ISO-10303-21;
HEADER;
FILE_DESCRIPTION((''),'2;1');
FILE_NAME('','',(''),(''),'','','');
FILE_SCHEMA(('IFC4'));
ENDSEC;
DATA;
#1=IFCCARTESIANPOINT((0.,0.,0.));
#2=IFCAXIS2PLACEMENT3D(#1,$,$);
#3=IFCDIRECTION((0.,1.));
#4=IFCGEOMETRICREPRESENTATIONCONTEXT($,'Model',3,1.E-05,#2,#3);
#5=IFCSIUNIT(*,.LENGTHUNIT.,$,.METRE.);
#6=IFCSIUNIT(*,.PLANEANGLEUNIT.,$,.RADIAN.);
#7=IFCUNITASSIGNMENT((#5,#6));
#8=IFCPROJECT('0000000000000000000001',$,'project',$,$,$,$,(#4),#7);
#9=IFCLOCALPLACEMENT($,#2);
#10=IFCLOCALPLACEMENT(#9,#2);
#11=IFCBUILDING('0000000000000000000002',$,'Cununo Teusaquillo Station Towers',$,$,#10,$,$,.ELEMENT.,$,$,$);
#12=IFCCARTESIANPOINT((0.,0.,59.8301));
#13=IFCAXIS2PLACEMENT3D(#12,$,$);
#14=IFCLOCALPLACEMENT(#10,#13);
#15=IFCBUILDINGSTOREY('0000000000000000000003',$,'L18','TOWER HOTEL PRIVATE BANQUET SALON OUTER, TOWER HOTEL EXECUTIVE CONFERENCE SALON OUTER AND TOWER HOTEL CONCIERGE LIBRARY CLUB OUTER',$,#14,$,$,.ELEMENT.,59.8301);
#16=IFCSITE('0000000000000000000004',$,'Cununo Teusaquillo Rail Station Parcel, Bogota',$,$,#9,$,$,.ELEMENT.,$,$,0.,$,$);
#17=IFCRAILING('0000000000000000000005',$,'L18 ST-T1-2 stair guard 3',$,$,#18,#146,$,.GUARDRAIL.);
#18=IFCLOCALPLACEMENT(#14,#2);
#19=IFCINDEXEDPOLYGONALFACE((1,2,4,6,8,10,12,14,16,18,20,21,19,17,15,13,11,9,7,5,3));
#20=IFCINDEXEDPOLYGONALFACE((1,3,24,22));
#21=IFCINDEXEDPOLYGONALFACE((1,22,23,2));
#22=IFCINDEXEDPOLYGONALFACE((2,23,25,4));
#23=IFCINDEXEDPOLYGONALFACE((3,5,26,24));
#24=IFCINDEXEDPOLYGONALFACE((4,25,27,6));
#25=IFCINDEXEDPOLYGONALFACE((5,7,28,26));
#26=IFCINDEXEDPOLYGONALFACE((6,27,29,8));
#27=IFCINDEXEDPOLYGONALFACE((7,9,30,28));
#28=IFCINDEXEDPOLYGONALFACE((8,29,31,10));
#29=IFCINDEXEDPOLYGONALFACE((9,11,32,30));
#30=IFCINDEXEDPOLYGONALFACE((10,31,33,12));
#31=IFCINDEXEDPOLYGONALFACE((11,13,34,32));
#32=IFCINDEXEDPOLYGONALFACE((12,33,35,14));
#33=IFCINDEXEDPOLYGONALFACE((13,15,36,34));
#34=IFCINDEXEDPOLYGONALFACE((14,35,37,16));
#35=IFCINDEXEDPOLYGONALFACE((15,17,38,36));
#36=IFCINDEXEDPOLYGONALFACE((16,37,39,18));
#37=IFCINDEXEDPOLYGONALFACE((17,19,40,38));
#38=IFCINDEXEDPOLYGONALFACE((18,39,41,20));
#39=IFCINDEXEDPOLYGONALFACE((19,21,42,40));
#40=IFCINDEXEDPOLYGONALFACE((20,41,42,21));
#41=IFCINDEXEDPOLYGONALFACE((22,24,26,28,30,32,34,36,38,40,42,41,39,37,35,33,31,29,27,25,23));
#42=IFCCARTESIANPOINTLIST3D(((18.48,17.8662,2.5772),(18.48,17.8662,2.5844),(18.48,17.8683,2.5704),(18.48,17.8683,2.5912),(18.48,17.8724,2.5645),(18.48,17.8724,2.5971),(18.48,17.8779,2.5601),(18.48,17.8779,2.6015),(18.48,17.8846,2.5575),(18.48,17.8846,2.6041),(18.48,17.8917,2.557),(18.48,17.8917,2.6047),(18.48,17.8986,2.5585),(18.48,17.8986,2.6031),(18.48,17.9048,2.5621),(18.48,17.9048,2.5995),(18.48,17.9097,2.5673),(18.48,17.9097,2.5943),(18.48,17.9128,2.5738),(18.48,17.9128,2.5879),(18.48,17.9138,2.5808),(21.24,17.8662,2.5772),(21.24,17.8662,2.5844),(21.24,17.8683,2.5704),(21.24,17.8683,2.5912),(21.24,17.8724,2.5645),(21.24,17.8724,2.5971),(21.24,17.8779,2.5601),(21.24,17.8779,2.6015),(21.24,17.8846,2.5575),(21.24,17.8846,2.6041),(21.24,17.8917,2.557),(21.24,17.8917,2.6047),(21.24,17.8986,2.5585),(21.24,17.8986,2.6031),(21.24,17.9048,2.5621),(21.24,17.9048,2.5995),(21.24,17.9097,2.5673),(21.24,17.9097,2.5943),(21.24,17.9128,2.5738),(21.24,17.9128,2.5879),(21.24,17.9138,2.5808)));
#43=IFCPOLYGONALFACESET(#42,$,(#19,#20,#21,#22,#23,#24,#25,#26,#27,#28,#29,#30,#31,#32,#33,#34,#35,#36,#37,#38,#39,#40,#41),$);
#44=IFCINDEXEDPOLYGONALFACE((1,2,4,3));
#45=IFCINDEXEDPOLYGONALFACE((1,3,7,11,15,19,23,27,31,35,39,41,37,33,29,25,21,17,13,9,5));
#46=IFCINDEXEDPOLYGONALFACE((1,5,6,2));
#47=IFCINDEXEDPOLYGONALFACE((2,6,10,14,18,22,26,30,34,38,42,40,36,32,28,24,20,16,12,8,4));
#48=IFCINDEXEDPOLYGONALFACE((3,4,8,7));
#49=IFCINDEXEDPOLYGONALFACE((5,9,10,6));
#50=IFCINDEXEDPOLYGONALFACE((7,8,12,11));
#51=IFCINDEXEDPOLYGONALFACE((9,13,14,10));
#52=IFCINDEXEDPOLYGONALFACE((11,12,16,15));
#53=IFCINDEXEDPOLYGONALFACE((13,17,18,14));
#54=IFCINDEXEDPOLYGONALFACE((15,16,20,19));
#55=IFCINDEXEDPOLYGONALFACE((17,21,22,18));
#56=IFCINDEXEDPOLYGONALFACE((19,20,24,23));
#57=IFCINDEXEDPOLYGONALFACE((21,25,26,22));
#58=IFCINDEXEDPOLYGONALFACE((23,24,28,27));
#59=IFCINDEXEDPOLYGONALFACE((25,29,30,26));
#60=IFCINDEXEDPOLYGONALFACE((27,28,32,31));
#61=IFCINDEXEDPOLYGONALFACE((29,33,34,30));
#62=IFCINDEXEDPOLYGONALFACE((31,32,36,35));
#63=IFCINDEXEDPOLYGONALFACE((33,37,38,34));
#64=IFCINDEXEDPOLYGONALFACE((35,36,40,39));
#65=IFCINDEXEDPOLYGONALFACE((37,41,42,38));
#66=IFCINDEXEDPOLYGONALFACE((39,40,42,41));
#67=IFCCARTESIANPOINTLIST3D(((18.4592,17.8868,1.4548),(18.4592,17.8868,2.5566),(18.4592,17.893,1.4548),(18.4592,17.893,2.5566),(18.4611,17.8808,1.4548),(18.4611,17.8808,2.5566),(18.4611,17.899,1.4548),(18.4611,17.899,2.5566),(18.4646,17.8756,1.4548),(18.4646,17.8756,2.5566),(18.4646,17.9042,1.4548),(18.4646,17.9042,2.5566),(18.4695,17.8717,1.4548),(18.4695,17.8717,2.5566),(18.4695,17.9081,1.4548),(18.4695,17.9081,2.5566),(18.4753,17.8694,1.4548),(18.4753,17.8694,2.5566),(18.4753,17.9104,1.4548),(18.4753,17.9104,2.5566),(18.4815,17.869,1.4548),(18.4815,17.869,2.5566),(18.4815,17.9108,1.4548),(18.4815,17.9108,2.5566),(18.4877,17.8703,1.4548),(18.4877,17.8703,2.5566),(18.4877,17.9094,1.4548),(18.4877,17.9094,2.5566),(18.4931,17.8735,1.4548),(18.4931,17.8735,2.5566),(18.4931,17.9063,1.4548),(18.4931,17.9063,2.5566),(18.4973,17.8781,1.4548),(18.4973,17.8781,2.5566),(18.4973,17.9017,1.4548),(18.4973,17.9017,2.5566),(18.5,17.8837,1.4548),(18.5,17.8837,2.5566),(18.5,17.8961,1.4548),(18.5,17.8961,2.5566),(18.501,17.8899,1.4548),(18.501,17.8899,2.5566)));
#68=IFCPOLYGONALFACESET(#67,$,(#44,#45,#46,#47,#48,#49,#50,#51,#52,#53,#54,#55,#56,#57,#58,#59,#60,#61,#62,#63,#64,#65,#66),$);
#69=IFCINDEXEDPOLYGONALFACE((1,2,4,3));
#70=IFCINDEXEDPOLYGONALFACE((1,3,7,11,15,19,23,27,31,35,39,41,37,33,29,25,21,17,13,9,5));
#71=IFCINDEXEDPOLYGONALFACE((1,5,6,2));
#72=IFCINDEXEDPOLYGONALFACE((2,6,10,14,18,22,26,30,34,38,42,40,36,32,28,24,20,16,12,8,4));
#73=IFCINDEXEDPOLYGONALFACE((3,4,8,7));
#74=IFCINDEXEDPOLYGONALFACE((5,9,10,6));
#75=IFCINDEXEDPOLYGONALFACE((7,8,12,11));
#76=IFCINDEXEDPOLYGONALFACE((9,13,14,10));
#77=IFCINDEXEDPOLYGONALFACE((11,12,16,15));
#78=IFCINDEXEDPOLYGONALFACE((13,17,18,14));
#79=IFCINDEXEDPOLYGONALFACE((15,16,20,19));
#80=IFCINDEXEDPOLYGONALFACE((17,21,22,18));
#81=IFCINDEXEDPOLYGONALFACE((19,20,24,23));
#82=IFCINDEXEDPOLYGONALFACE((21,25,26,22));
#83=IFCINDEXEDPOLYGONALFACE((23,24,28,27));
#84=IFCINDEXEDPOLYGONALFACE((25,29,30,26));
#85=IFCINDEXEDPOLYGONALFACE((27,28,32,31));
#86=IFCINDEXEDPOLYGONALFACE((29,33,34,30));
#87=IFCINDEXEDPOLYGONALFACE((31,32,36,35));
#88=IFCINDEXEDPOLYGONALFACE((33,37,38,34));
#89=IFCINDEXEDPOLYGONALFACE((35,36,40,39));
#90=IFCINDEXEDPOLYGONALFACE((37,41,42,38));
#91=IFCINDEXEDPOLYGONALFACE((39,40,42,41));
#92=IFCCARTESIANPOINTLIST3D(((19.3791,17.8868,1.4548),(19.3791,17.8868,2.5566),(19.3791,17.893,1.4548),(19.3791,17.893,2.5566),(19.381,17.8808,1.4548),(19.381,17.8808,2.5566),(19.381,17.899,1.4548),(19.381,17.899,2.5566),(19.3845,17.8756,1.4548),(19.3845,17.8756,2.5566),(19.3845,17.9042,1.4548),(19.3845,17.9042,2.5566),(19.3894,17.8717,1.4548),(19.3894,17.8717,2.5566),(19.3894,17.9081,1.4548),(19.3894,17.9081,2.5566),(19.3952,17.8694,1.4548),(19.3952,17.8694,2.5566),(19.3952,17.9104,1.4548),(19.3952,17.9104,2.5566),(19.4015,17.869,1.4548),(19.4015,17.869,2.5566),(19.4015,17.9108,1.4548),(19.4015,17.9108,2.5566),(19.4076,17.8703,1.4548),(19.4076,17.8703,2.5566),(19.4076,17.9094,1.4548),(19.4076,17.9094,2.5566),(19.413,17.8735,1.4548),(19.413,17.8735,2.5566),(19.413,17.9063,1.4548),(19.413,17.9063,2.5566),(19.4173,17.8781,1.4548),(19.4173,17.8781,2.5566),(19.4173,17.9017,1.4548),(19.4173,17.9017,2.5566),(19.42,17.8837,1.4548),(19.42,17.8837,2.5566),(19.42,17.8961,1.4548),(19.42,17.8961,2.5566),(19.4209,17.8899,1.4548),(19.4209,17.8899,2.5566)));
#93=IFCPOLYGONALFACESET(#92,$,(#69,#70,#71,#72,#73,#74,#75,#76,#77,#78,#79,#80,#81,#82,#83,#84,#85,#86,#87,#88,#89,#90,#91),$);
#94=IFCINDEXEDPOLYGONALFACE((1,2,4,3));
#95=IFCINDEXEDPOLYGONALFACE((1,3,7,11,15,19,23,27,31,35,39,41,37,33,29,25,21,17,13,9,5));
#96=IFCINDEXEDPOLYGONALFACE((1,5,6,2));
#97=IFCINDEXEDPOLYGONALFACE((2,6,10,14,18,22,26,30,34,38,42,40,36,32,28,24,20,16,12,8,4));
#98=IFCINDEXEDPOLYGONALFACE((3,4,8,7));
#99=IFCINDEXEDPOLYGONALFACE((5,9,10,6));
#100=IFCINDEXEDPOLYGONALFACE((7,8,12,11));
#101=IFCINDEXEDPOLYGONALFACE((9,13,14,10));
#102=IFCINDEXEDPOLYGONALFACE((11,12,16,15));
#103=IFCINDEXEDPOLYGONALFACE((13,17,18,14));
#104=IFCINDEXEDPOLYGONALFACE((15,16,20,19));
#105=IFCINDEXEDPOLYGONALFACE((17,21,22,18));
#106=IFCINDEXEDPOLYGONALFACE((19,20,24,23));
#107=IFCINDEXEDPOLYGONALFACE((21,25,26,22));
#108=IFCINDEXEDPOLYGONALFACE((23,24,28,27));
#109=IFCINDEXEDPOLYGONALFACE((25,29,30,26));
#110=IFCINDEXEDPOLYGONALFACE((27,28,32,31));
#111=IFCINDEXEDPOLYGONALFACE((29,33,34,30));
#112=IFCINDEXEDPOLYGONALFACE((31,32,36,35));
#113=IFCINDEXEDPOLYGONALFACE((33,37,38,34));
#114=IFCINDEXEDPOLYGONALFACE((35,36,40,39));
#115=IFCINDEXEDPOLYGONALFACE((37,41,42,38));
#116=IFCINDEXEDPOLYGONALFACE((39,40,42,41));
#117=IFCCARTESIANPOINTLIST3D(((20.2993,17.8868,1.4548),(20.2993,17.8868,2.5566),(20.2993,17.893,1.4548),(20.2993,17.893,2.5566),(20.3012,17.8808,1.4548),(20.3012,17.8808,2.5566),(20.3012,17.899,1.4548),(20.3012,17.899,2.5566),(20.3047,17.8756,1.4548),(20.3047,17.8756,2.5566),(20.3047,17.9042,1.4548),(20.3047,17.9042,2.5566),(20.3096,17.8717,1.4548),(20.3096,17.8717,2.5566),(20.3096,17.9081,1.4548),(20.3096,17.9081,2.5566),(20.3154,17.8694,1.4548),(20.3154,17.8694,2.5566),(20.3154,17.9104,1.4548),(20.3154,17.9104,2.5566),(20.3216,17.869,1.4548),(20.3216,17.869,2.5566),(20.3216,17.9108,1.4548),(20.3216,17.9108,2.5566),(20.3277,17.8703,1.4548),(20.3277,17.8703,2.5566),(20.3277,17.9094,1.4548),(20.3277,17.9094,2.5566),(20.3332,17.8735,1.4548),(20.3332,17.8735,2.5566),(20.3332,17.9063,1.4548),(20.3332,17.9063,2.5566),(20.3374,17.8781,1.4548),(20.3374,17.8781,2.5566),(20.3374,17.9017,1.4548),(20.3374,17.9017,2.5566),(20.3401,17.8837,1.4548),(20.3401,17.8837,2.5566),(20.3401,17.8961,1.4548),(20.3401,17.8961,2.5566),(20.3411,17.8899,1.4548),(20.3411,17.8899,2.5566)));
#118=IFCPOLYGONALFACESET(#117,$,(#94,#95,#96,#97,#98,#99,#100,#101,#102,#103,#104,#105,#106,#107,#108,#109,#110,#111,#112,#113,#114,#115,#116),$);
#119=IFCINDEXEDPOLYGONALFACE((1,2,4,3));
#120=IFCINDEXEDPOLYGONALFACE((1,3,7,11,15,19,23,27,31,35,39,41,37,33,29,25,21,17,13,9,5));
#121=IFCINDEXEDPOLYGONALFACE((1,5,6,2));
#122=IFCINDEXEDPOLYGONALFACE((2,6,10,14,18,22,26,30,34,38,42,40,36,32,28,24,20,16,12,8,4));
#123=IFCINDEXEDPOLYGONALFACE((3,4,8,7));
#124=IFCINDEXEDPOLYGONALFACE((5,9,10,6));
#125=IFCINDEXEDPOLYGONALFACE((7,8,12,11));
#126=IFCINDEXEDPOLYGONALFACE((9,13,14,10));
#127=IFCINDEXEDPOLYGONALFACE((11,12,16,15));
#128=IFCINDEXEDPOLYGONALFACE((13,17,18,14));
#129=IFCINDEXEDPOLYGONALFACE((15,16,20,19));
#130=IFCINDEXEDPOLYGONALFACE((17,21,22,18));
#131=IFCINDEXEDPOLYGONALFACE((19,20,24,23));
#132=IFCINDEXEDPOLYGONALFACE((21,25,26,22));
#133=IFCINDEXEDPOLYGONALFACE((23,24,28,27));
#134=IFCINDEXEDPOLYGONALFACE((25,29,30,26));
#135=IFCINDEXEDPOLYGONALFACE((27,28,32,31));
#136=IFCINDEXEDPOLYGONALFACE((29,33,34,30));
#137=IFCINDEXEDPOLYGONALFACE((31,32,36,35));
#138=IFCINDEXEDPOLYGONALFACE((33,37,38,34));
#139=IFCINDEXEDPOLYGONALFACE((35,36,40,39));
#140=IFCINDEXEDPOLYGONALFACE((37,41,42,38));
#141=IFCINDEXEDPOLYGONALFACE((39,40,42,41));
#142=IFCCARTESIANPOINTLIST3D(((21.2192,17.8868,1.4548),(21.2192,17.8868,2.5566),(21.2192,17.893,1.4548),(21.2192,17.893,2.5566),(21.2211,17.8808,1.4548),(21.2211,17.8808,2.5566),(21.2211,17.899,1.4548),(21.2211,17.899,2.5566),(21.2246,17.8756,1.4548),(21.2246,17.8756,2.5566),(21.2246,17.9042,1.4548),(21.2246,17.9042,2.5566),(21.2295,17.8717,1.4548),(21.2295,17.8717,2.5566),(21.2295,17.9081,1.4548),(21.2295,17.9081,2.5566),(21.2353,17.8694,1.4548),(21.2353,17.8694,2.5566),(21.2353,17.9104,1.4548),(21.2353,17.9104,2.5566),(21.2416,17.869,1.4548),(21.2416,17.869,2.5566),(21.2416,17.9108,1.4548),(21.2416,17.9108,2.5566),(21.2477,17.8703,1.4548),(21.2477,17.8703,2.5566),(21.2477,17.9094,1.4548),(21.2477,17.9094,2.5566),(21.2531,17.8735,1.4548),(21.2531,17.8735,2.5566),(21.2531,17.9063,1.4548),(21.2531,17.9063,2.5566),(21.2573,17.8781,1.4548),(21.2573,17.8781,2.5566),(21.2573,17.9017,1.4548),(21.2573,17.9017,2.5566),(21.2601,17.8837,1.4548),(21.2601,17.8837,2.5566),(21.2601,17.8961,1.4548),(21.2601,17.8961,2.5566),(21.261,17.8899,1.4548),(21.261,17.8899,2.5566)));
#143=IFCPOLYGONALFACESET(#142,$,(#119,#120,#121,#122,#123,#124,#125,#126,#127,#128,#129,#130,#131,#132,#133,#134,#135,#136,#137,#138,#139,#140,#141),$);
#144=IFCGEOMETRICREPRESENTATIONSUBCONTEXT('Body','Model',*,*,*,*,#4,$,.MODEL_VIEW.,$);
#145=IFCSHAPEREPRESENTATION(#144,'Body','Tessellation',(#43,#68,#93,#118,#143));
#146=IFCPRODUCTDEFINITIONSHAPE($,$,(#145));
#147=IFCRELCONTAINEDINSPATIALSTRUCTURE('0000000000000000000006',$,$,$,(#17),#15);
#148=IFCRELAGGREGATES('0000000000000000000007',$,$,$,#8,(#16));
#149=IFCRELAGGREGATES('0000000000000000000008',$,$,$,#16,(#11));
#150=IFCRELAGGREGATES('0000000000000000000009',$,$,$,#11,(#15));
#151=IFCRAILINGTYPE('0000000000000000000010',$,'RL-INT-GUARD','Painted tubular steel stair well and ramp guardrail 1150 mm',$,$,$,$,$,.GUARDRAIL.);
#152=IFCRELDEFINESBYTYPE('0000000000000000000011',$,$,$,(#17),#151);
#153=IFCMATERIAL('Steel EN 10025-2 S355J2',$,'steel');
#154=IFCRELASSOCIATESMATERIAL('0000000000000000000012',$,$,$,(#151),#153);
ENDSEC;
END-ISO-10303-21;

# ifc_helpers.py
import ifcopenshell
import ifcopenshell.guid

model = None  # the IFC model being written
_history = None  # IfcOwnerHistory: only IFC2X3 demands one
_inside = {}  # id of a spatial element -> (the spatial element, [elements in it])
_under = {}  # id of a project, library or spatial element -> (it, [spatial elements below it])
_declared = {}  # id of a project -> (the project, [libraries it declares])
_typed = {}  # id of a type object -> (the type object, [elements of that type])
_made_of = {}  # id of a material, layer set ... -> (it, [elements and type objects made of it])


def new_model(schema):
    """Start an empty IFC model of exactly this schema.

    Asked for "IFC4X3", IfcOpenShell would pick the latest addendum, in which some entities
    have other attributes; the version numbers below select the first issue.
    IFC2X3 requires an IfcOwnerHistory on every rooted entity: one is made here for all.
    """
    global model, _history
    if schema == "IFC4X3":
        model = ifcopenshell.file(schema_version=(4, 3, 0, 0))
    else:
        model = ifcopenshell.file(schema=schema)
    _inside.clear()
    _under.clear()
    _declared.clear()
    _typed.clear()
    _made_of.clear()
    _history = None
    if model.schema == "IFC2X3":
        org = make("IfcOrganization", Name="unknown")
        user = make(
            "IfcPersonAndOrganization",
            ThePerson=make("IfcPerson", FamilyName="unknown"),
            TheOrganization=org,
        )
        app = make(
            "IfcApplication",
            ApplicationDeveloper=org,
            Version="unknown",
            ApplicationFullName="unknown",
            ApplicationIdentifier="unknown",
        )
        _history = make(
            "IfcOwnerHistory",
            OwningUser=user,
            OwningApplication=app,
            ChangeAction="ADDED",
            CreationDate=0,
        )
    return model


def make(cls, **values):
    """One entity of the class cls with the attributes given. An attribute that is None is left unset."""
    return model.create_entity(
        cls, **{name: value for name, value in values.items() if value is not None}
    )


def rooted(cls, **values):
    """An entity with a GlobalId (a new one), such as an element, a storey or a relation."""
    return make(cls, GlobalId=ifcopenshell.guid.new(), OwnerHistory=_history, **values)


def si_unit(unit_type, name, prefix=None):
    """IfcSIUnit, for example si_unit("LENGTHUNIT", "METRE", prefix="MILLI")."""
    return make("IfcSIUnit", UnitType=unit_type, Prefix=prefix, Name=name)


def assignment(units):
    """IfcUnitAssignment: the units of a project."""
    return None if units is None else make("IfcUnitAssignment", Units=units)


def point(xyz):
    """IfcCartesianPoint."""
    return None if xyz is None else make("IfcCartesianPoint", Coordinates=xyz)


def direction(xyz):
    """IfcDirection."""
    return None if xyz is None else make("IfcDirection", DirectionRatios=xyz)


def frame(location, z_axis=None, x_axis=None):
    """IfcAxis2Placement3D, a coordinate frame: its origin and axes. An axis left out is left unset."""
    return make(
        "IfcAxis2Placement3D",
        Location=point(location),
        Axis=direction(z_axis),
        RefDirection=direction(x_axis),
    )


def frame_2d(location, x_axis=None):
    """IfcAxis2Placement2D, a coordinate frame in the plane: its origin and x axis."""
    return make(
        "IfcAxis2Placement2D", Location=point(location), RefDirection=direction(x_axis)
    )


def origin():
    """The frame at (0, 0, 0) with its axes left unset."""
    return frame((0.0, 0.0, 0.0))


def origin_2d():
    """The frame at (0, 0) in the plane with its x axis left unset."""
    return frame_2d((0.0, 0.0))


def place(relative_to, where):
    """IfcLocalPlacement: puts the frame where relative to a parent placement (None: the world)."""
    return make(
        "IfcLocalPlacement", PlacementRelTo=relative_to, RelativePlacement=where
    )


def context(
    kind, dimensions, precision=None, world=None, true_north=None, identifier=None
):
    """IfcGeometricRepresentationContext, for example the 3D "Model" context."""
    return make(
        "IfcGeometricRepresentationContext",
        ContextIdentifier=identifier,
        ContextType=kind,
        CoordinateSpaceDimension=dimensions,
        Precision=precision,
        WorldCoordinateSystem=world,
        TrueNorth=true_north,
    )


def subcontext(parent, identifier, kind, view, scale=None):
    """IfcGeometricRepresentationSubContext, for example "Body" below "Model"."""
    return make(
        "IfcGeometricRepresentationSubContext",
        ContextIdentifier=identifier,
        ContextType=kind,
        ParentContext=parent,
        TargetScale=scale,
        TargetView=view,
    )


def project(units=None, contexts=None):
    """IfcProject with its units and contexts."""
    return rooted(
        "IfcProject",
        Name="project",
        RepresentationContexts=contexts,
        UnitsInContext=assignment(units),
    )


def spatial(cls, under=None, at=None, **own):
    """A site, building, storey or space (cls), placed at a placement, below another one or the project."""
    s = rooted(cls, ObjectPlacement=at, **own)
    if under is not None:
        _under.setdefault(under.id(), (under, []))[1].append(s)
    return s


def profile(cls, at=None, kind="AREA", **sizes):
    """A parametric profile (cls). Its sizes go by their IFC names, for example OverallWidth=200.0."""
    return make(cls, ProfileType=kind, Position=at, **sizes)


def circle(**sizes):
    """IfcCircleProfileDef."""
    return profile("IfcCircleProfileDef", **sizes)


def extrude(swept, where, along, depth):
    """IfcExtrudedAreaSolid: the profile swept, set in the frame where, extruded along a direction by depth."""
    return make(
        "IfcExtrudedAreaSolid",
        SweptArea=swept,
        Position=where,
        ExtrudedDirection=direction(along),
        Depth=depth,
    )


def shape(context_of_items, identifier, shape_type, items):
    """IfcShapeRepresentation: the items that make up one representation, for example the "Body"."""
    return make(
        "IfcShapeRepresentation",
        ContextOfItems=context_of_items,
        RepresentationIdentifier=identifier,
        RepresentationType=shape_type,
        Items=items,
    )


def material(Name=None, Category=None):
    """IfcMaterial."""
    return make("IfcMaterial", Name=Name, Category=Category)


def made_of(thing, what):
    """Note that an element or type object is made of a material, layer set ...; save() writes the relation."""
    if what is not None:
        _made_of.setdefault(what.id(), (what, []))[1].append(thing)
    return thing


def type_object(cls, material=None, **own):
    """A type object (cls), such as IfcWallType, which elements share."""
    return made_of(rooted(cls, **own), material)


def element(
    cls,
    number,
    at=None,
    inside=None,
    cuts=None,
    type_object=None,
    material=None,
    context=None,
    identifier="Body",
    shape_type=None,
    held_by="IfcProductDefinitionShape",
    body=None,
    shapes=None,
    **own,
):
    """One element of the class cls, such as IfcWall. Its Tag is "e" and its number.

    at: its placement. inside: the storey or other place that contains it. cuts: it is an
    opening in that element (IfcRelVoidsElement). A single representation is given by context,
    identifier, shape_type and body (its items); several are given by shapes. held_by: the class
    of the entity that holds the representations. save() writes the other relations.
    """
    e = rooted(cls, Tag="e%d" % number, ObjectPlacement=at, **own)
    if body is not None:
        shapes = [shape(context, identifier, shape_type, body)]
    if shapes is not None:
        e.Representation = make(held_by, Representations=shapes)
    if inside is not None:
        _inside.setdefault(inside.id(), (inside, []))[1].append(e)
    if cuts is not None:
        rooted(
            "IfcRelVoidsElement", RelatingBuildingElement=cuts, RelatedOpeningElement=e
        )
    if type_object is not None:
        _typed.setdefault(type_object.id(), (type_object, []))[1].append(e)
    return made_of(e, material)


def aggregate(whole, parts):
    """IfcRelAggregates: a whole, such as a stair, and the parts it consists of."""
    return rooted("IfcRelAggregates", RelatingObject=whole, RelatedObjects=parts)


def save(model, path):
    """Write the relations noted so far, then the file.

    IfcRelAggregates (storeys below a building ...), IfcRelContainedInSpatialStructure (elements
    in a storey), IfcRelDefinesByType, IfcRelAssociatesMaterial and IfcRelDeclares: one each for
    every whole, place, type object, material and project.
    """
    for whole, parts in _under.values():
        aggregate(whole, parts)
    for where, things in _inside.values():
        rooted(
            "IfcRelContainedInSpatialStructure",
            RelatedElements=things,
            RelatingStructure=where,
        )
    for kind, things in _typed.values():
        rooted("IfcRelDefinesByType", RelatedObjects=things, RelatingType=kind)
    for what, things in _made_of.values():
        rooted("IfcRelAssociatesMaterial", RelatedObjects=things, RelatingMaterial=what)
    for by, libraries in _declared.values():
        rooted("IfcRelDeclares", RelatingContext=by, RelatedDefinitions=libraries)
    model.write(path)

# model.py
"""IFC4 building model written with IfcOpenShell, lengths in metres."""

from ifc_helpers import new_model, si_unit, direction, frame, origin, origin_2d, place, context, subcontext, project, spatial, circle, extrude, material, type_object, element, save


model = new_model("IFC4")

# Units and contexts
model_context = context("Model", 3, precision=1e-05, world=origin(), true_north=direction((0.0, 1.0)))
body_context = subcontext(model_context, "Body", "Model", "MODEL_VIEW")
ifc_project = project(units=[si_unit("LENGTHUNIT", "METRE"), si_unit("PLANEANGLEUNIT", "RADIAN")], contexts=[model_context])

# Site, building, storey
site_placement = place(None, origin())
site = spatial("IfcSite", under=ifc_project, at=site_placement, Name="Cununo Teusaquillo Rail Station Parcel, Bogota", CompositionType="ELEMENT", RefElevation=0.0)
building_placement = place(site_placement, origin())
building = spatial("IfcBuilding", under=site, at=building_placement, Name="Cununo Teusaquillo Station Towers", CompositionType="ELEMENT")
storey_placement = place(building_placement, frame((0.0, 0.0, 59.8301)))
storey = spatial("IfcBuildingStorey", under=building, at=storey_placement, Name="L18", Description="TOWER HOTEL PRIVATE BANQUET SALON OUTER, TOWER HOTEL EXECUTIVE CONFERENCE SALON OUTER AND TOWER HOTEL CONCIERGE LIBRARY CLUB OUTER", CompositionType="ELEMENT", Elevation=59.8301)

# Railing
ifc_material_1 = material(Name="Steel EN 10025-2 S355J2", Category="steel")
railing_type_1 = type_object("IfcRailingType", Name="RL-INT-GUARD", Description="Painted tubular steel stair well and ramp guardrail 1150 mm", PredefinedType="GUARDRAIL", material=ifc_material_1)
railing_1_placement = place(storey_placement, frame((18.48, 17.8899, 1.4548)))
element("IfcRailing", 1, at=railing_1_placement, inside=storey, type_object=railing_type_1, Name="L18 ST-T1-2 stair guard 3", PredefinedType="GUARDRAIL", context=body_context, shape_type="SweptSolid", body=[
    extrude(circle(Radius=0.0239, at=origin_2d()), frame((0.0, 0.0, 1.126), z_axis=(1.0, 0.0, 0.0), x_axis=(0.0, 1.0, 0.0)), (0.0, 0.0, 1.0), 2.76),
    extrude(circle(Radius=0.021, at=origin_2d()), origin(), (0.0, 0.0, 1.0), 1.1018),
    extrude(circle(Radius=0.021, at=origin_2d()), frame((0.9199, 0.0, 0.0)), (0.0, 0.0, 1.0), 1.1018),
    extrude(circle(Radius=0.021, at=origin_2d()), frame((1.8401, 0.0, 0.0)), (0.0, 0.0, 1.0), 1.1018),
    extrude(circle(Radius=0.021, at=origin_2d()), frame((2.76, 0.0, 0.0)), (0.0, 0.0, 1.0), 1.1018),
])

save(model, "model.ifc")
